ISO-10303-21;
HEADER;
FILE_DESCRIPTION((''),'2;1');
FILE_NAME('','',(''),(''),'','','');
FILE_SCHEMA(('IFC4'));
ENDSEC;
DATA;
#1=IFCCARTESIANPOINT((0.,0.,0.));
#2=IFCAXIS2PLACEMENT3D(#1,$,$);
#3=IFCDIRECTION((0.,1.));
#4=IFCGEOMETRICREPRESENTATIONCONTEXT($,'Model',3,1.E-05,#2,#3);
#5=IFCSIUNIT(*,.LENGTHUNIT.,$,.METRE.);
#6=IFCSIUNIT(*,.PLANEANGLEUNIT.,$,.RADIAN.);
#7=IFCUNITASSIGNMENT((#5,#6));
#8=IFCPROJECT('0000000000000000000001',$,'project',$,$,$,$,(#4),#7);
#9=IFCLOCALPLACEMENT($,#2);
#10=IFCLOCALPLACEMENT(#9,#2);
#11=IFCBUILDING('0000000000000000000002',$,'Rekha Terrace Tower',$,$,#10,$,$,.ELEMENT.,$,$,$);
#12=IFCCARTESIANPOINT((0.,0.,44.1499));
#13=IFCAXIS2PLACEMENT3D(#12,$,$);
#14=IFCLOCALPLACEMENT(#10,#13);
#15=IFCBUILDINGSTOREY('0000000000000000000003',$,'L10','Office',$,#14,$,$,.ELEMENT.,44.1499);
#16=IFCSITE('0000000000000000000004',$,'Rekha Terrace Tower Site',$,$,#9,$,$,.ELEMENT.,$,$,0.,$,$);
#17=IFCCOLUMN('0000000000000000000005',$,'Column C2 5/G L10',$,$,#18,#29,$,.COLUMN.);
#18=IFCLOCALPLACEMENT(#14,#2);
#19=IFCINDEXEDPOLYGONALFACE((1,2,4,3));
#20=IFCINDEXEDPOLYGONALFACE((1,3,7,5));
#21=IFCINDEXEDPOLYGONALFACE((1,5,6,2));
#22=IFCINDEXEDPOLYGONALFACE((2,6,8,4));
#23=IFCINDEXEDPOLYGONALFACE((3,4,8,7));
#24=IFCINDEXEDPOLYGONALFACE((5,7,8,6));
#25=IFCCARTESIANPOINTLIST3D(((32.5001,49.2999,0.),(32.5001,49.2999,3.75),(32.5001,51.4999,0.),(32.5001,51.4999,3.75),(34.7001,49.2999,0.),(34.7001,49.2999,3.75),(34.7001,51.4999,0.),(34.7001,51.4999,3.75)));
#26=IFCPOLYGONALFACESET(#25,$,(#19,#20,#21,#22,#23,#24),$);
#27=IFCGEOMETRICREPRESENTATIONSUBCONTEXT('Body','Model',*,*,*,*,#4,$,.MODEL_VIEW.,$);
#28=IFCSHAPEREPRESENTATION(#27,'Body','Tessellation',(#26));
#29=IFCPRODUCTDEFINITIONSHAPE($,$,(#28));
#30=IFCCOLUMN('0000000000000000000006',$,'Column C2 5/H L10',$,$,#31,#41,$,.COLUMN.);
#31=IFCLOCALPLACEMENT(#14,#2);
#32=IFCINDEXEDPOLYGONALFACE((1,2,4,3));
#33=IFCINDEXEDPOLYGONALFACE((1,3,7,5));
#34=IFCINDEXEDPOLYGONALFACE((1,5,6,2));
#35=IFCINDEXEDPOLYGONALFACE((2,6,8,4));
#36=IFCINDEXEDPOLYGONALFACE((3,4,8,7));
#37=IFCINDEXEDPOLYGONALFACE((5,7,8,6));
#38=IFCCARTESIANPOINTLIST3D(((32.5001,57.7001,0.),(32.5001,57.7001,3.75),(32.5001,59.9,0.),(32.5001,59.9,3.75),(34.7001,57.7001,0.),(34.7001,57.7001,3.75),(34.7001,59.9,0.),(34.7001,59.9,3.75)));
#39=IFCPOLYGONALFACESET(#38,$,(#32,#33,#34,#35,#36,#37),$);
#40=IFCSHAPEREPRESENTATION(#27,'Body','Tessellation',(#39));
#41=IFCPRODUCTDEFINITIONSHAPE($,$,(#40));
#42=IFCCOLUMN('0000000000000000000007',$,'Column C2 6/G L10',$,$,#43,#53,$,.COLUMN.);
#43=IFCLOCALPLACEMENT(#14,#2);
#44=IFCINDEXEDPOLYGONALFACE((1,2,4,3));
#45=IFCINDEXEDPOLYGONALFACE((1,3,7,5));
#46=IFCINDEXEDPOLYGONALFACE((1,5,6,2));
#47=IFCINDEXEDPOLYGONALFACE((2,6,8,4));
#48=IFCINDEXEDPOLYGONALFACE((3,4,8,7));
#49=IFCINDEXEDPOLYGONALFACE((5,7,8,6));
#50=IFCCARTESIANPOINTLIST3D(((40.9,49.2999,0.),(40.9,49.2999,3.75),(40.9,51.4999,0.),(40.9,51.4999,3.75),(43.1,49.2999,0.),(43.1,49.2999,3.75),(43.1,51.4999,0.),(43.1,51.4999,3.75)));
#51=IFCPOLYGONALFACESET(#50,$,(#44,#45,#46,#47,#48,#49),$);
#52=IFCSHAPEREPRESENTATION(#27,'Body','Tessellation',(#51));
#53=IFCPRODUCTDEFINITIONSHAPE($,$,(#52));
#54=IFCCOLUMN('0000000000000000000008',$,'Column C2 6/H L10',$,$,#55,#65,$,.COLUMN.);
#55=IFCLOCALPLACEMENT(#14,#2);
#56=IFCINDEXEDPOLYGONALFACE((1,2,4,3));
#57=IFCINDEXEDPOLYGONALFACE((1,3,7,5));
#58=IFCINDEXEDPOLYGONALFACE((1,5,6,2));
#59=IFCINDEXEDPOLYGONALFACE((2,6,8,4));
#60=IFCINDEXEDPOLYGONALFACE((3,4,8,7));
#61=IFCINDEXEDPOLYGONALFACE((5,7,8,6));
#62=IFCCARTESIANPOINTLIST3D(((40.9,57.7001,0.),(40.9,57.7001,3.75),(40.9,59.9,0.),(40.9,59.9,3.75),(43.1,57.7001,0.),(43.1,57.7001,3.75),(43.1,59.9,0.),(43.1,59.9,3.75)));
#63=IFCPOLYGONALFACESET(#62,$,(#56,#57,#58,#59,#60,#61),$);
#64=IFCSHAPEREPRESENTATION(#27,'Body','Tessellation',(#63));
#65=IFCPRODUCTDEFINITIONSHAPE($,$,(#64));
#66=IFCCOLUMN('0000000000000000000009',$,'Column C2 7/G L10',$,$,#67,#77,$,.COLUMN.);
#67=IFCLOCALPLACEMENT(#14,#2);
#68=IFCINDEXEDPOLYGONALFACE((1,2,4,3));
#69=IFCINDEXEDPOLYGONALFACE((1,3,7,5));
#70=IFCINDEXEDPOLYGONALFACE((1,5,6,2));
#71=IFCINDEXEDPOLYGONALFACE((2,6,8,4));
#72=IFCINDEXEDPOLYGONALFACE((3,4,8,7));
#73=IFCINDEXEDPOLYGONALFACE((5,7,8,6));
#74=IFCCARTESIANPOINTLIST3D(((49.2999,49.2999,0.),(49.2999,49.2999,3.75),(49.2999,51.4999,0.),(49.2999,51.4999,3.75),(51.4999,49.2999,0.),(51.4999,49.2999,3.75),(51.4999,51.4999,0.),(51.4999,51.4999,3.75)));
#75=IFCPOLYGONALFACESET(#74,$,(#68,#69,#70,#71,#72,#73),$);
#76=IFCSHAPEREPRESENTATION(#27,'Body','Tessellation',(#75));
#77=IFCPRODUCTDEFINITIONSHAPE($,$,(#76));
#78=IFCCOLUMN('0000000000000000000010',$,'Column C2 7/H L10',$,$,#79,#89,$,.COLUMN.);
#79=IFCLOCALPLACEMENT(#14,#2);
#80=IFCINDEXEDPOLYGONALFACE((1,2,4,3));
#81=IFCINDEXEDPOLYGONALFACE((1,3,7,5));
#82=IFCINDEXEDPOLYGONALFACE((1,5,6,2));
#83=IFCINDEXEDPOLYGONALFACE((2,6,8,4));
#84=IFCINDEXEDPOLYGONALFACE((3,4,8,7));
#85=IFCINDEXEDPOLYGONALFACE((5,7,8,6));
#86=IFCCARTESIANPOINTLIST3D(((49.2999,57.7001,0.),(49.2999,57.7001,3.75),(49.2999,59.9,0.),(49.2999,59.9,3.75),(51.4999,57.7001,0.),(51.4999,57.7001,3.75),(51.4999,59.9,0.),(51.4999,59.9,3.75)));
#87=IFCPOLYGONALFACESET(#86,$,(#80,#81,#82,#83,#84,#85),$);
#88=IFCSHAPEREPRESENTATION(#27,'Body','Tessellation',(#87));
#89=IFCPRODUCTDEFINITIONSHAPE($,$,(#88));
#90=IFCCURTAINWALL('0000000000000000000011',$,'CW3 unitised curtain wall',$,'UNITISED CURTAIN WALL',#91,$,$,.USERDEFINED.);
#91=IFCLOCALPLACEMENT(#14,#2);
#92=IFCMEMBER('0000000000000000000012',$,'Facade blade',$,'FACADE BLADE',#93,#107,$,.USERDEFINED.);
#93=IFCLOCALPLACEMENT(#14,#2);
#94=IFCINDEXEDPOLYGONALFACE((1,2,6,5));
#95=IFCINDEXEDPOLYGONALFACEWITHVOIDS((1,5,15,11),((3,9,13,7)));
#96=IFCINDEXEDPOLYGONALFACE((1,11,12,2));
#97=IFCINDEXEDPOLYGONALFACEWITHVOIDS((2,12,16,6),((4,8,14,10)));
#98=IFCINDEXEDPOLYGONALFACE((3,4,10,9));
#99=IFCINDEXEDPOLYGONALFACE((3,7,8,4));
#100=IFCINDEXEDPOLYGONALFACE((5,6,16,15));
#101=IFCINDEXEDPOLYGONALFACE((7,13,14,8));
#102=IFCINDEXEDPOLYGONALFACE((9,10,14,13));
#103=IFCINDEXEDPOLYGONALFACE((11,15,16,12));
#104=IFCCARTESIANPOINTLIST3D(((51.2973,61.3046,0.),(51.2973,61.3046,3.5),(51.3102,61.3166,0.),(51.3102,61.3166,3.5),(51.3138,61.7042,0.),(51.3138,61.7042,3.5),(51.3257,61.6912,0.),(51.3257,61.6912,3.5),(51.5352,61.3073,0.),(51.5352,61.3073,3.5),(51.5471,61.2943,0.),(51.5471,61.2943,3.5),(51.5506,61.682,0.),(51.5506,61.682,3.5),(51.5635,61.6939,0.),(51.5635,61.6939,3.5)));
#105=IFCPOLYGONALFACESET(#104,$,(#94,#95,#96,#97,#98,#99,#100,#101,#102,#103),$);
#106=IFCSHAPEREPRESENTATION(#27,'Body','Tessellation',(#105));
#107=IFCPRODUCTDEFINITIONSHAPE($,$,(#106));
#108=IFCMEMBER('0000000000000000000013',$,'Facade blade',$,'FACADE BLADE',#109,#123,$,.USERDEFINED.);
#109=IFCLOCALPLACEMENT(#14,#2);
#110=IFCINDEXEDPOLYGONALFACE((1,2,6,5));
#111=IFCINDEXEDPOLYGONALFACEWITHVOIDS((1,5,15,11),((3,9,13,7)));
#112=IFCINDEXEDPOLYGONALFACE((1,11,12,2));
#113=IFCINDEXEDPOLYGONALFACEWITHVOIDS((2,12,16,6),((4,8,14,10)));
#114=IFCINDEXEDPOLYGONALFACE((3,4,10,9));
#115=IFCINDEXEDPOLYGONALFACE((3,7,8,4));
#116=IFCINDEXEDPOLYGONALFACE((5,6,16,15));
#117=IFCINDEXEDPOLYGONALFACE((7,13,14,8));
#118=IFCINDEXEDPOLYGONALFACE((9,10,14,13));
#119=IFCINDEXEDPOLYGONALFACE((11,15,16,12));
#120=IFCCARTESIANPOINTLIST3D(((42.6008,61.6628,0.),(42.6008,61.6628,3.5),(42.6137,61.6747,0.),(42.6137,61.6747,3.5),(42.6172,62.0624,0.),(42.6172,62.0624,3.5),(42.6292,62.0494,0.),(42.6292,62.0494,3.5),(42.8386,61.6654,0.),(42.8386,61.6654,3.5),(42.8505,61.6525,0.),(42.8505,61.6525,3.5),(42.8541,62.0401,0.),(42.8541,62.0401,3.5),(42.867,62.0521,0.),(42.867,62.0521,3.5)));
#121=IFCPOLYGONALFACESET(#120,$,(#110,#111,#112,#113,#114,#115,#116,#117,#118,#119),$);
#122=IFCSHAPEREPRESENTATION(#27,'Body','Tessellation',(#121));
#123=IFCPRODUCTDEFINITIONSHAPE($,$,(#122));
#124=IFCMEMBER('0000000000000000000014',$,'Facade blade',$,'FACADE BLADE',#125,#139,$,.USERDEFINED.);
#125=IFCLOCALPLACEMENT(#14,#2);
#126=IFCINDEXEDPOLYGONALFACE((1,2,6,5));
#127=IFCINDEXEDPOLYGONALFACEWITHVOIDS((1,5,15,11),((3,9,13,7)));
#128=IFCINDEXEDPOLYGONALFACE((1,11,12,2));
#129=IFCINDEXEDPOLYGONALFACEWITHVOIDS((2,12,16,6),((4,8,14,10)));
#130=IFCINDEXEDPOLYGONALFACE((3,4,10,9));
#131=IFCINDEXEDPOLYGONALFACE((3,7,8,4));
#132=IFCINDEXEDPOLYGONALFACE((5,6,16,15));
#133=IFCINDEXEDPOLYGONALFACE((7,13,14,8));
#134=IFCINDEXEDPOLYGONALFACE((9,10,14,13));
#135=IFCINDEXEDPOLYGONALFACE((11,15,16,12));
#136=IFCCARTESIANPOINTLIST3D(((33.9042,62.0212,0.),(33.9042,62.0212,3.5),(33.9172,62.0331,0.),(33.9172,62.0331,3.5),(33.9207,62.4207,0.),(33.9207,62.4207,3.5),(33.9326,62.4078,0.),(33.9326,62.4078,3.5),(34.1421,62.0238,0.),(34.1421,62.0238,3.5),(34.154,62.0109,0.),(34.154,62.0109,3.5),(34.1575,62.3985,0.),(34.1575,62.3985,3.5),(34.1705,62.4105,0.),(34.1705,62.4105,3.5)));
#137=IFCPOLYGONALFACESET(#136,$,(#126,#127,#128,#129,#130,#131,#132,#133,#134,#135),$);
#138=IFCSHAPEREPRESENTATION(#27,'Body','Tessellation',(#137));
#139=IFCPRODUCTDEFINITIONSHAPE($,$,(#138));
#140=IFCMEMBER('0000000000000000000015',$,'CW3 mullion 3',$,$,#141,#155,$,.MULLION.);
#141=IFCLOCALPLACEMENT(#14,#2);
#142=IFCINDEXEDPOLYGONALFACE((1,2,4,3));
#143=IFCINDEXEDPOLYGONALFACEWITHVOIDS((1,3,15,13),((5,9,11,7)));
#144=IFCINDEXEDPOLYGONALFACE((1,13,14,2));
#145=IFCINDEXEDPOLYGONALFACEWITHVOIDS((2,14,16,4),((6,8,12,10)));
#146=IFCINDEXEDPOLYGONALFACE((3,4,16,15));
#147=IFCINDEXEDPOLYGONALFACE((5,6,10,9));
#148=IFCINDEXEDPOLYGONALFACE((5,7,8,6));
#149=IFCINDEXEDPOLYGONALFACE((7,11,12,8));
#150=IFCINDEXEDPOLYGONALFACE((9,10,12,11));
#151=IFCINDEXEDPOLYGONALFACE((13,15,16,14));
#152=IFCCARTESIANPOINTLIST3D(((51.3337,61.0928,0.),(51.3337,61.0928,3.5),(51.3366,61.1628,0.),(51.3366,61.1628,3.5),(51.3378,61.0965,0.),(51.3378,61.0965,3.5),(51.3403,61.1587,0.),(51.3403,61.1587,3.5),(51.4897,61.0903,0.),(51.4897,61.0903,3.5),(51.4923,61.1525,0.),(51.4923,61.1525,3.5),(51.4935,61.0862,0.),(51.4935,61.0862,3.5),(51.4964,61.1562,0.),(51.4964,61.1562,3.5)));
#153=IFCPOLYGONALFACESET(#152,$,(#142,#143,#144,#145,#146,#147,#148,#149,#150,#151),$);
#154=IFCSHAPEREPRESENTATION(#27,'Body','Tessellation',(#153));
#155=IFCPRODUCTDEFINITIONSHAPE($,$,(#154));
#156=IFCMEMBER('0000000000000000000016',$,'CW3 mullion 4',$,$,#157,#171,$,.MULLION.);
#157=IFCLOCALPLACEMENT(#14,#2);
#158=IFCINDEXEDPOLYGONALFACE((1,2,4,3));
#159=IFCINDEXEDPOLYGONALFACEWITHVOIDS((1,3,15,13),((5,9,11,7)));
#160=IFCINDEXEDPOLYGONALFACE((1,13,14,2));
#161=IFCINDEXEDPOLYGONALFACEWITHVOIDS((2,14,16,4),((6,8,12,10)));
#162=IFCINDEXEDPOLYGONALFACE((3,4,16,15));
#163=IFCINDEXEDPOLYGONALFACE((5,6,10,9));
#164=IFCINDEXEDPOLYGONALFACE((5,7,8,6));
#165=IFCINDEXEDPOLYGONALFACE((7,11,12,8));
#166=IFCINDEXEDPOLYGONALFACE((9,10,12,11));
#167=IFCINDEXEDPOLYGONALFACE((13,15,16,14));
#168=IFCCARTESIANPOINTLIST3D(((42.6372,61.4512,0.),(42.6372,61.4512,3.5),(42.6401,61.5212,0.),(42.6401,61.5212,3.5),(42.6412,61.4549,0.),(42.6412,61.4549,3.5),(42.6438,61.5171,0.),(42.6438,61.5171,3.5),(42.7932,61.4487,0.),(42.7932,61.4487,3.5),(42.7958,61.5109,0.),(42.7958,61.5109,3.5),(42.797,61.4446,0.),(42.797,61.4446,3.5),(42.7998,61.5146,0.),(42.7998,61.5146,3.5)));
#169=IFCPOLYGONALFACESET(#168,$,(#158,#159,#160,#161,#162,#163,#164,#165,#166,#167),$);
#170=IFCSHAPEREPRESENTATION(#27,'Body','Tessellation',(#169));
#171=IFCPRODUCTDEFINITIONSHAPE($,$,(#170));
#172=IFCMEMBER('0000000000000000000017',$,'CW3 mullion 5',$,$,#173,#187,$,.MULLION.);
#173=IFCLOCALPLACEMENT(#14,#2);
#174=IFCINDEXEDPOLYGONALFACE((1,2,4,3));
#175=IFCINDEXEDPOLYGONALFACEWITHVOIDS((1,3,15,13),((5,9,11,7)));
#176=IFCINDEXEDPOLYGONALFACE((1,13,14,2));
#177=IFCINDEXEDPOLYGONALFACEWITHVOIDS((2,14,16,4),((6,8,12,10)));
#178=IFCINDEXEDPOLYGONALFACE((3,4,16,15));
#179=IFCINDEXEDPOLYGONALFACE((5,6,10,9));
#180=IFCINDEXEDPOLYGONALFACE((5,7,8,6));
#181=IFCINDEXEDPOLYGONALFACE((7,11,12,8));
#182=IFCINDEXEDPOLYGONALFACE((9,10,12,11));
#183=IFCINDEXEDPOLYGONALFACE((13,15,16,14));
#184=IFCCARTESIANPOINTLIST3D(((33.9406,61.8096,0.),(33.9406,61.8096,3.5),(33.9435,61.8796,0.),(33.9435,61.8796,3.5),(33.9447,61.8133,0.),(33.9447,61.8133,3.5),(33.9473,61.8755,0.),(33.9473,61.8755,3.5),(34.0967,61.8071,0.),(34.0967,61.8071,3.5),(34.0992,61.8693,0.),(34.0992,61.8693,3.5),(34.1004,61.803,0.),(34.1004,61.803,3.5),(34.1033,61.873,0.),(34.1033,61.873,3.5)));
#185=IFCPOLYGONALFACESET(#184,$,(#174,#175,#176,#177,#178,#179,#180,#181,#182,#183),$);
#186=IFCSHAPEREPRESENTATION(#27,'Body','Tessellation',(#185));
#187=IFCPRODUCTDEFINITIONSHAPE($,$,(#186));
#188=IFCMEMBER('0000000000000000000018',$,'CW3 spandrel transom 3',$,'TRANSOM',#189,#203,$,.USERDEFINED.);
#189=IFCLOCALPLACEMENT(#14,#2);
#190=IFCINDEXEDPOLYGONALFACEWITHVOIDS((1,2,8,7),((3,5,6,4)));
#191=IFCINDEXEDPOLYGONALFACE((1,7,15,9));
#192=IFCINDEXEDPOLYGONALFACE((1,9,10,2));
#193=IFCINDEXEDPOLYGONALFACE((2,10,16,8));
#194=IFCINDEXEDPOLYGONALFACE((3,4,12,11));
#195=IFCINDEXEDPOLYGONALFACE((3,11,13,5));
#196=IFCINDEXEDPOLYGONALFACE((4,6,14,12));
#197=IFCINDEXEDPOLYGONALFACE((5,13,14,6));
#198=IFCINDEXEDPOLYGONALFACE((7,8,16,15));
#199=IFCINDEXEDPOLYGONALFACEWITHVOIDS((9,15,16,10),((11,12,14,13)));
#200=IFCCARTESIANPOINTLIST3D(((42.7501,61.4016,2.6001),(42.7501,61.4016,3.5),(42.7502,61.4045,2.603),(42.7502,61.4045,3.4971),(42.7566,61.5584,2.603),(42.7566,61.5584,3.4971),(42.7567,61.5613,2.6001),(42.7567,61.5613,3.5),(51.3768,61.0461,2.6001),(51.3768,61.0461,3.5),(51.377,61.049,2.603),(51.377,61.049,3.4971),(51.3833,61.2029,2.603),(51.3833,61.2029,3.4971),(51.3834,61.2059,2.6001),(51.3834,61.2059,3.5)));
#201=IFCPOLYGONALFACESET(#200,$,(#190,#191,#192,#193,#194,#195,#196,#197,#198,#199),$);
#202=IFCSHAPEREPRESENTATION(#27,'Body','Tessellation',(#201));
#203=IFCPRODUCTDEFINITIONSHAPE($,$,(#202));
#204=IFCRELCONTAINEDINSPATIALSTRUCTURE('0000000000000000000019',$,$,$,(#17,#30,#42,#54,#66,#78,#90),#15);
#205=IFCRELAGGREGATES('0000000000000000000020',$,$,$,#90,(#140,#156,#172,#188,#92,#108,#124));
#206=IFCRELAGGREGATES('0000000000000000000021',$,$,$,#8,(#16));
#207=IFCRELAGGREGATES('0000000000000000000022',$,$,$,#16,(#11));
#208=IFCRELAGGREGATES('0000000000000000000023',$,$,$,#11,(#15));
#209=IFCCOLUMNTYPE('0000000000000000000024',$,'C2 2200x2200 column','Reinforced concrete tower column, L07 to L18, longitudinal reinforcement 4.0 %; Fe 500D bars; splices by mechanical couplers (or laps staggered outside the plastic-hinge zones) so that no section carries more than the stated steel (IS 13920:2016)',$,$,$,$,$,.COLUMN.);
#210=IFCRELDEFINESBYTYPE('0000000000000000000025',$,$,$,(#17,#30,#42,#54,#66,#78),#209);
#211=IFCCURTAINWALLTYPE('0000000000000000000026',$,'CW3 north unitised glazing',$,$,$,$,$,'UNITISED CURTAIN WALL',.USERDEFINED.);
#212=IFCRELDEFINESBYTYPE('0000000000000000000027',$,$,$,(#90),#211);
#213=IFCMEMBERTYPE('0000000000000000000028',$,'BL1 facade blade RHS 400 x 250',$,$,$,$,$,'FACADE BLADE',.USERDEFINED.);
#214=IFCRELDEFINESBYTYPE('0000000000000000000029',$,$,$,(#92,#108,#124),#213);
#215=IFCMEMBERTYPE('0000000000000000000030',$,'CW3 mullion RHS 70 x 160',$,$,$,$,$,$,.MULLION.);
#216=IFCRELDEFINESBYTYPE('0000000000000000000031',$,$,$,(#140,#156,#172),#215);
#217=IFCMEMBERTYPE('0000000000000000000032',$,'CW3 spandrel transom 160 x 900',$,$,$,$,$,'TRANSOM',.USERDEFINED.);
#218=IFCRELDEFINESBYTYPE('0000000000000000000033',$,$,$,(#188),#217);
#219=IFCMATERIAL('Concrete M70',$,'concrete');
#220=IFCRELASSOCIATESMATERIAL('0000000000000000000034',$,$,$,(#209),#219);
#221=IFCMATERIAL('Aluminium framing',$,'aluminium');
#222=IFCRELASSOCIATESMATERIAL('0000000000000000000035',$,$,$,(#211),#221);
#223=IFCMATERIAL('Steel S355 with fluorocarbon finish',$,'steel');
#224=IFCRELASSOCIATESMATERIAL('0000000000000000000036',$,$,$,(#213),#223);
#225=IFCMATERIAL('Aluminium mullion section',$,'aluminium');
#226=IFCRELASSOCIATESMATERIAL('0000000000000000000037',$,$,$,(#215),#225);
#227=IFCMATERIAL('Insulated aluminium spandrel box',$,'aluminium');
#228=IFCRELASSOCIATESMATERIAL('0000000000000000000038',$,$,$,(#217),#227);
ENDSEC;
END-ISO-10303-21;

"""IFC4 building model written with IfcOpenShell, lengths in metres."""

from ifc_helpers import new_model, si_unit, direction, frame, origin, origin_2d, place, context, subcontext, project, spatial, rectangle, hollow_rectangle, extrude, material, material_profile, profile_set, type_object, element, aggregate, save


model = new_model("IFC4")

# Units and contexts
model_context = context("Model", 3, precision=1e-05, world=origin(), true_north=direction((0.0, 1.0)))
body_context = subcontext(model_context, "Body", "Model", "MODEL_VIEW")
ifc_project = project(units=[si_unit("LENGTHUNIT", "METRE"), si_unit("PLANEANGLEUNIT", "RADIAN")], contexts=[model_context])

# Site, building, storey
site_placement = place(None, origin())
site = spatial("IfcSite", under=ifc_project, at=site_placement, Name="Rekha Terrace Tower Site", CompositionType="ELEMENT", RefElevation=0.0)
building_placement = place(site_placement, origin())
building = spatial("IfcBuilding", under=site, at=building_placement, Name="Rekha Terrace Tower", CompositionType="ELEMENT")
storey_placement = place(building_placement, frame((0.0, 0.0, 44.1499)))
storey = spatial("IfcBuildingStorey", under=building, at=storey_placement, Name="L10", Description="Office", CompositionType="ELEMENT", Elevation=44.1499)

# Columns
ifc_material_1 = material(Name="Concrete M70", Category="concrete")
ifc_material_profile_1 = material_profile(ifc_material_1, rectangle(XDim=2.2, YDim=2.2, at=origin_2d()), Name="RC 2200x2200")
ifc_profile_set_1 = profile_set([ifc_material_profile_1], Name="Concrete M70")
column_type = type_object("IfcColumnType", Name="C2 2200x2200 column", Description="Reinforced concrete tower column, L07 to L18, longitudinal reinforcement 4.0 %; Fe 500D bars; splices by mechanical couplers (or laps staggered outside the plastic-hinge zones) so that no section carries more than the stated steel (IS 13920:2016)", PredefinedType="COLUMN", material=ifc_profile_set_1)
for number, where, z_axis, x_axis, name in (
    (1, (33.6001, 50.3999, 0.0), (0.0, 0.0, 1.0), (1.0, 0.0, 0.0), "Column C2 5/G L10"),
    (2, (33.6001, 58.8, 0.0), (0.0, 0.0, 1.0), (1.0, 0.0, 0.0), "Column C2 5/H L10"),
    (3, (42.0, 50.3999, 0.0), (0.0, 0.0, 1.0), (1.0, 0.0, 0.0), "Column C2 6/G L10"),
    (4, (42.0, 58.8, 0.0), (0.0, 0.0, 1.0), (1.0, 0.0, 0.0), "Column C2 6/H L10"),
    (5, (50.3999, 50.3999, 0.0), (0.0, 0.0, 1.0), (1.0, 0.0, 0.0), "Column C2 7/G L10"),
    (6, (50.3999, 58.8, 0.0), (0.0, 0.0, 1.0), (1.0, 0.0, 0.0), "Column C2 7/H L10"),
):
    element("IfcColumn", number, at=place(storey_placement, frame(where, z_axis=z_axis, x_axis=x_axis)), inside=storey, type_object=column_type, Name=name, PredefinedType="COLUMN", context=body_context, shape_type="SweptSolid", body=[
        extrude(rectangle(XDim=2.2, YDim=2.2, at=origin_2d()), origin(), (0.0, 0.0, 1.0), 3.75),
    ])

# Curtain wall, members
ifc_material_2 = material(Name="Aluminium framing", Category="aluminium")
curtain_wall_type = type_object("IfcCurtainWallType", Name="CW3 north unitised glazing", ElementType="UNITISED CURTAIN WALL", PredefinedType="USERDEFINED", material=ifc_material_2)
curtain_wall_placement = place(storey_placement, origin())
curtain_wall = element("IfcCurtainWall", 7, at=curtain_wall_placement, inside=storey, type_object=curtain_wall_type, Name="CW3 unitised curtain wall", ObjectType="UNITISED CURTAIN WALL", PredefinedType="USERDEFINED")
ifc_material_3 = material(Name="Steel S355 with fluorocarbon finish", Category="steel")
ifc_material_profile_2 = material_profile(ifc_material_3, hollow_rectangle(XDim=0.25, YDim=0.3999, WallThickness=0.0125, at=origin_2d()), Name="RHS400x250x12.5")
ifc_profile_set_2 = profile_set([ifc_material_profile_2], Name="Steel S355 with fluorocarbon finish")
member_type_1 = type_object("IfcMemberType", Name="BL1 facade blade RHS 400 x 250", ElementType="FACADE BLADE", PredefinedType="USERDEFINED", material=ifc_profile_set_2)
member_1_placement = place(storey_placement, frame((51.4304, 61.4993, 0.0), z_axis=(0.0, 0.0, 1.0), x_axis=(-0.999152, 0.041175, 0.0)))
member_1 = element("IfcMember", 8, at=member_1_placement, type_object=member_type_1, Name="Facade blade", ObjectType="FACADE BLADE", PredefinedType="USERDEFINED", context=body_context, shape_type="SweptSolid", body=[
    extrude(hollow_rectangle(XDim=0.25, YDim=0.3999, WallThickness=0.0125, at=origin_2d()), origin(), (0.0, 0.0, 1.0), 3.5),
])
member_2_placement = place(storey_placement, frame((42.7339, 61.8574, 0.0), z_axis=(0.0, 0.0, 1.0), x_axis=(-0.999152, 0.041175, 0.0)))
member_2 = element("IfcMember", 9, at=member_2_placement, type_object=member_type_1, Name="Facade blade", ObjectType="FACADE BLADE", PredefinedType="USERDEFINED", context=body_context, shape_type="SweptSolid", body=[
    extrude(hollow_rectangle(XDim=0.25, YDim=0.3999, WallThickness=0.0125, at=origin_2d()), origin(), (0.0, 0.0, 1.0), 3.5),
])
member_3_placement = place(storey_placement, frame((34.0374, 62.2158, 0.0), z_axis=(0.0, 0.0, 1.0), x_axis=(-0.999152, 0.041175, 0.0)))
member_3 = element("IfcMember", 10, at=member_3_placement, type_object=member_type_1, Name="Facade blade", ObjectType="FACADE BLADE", PredefinedType="USERDEFINED", context=body_context, shape_type="SweptSolid", body=[
    extrude(hollow_rectangle(XDim=0.25, YDim=0.3999, WallThickness=0.0125, at=origin_2d()), origin(), (0.0, 0.0, 1.0), 3.5),
])
ifc_material_4 = material(Name="Aluminium mullion section", Category="aluminium")
ifc_material_profile_3 = material_profile(ifc_material_4, hollow_rectangle(XDim=0.0701, YDim=0.1599, WallThickness=0.0039, at=origin_2d()), Name="AL RHS 70x160")
ifc_profile_set_3 = profile_set([ifc_material_profile_3], Name="Aluminium mullion section")
member_type_2 = type_object("IfcMemberType", Name="CW3 mullion RHS 70 x 160", PredefinedType="MULLION", material=ifc_profile_set_3)
member_4_placement = place(storey_placement, frame((51.415, 61.1245, 0.0), z_axis=(0.0, 0.0, 1.0), x_axis=(-0.041174, -0.999152, 0.0)))
member_4 = element("IfcMember", 11, at=member_4_placement, type_object=member_type_2, Name="CW3 mullion 3", PredefinedType="MULLION", context=body_context, shape_type="SweptSolid", body=[
    extrude(hollow_rectangle(XDim=0.0701, YDim=0.1599, WallThickness=0.0039, at=origin_2d()), origin(), (0.0, 0.0, 1.0), 3.5),
])
member_5_placement = place(storey_placement, frame((42.7185, 61.4829, 0.0), z_axis=(0.0, 0.0, 1.0), x_axis=(-0.041174, -0.999152, 0.0)))
member_5 = element("IfcMember", 12, at=member_5_placement, type_object=member_type_2, Name="CW3 mullion 4", PredefinedType="MULLION", context=body_context, shape_type="SweptSolid", body=[
    extrude(hollow_rectangle(XDim=0.0701, YDim=0.1599, WallThickness=0.0039, at=origin_2d()), origin(), (0.0, 0.0, 1.0), 3.5),
])
member_6_placement = place(storey_placement, frame((34.022, 61.8413, 0.0), z_axis=(0.0, 0.0, 1.0), x_axis=(-0.041174, -0.999152, 0.0)))
member_6 = element("IfcMember", 13, at=member_6_placement, type_object=member_type_2, Name="CW3 mullion 5", PredefinedType="MULLION", context=body_context, shape_type="SweptSolid", body=[
    extrude(hollow_rectangle(XDim=0.0701, YDim=0.1599, WallThickness=0.0039, at=origin_2d()), origin(), (0.0, 0.0, 1.0), 3.5),
])
ifc_material_5 = material(Name="Insulated aluminium spandrel box", Category="aluminium")
ifc_material_profile_4 = material_profile(ifc_material_5, hollow_rectangle(XDim=0.1599, YDim=0.8999, WallThickness=0.0029, at=origin_2d()), Name="AL SPANDREL BOX 160x900")
ifc_profile_set_4 = profile_set([ifc_material_profile_4], Name="Insulated aluminium spandrel box")
member_type_3 = type_object("IfcMemberType", Name="CW3 spandrel transom 160 x 900", ElementType="TRANSOM", PredefinedType="USERDEFINED", material=ifc_profile_set_4)
member_7_placement = place(storey_placement, frame((51.3801, 61.126, 3.05), z_axis=(-0.999152, 0.041171, 0.0), x_axis=(-0.041171, -0.999152, 0.0)))
member_7 = element("IfcMember", 14, at=member_7_placement, type_object=member_type_3, Name="CW3 spandrel transom 3", ObjectType="TRANSOM", PredefinedType="USERDEFINED", context=body_context, shape_type="SweptSolid", body=[
    extrude(hollow_rectangle(XDim=0.1599, YDim=0.8999, WallThickness=0.0029, at=origin_2d()), origin(), (0.0, 0.0, 1.0), 8.634),
])
aggregate(curtain_wall, [member_4, member_5, member_6, member_7, member_1, member_2, member_3])

save(model, "model.ifc")
